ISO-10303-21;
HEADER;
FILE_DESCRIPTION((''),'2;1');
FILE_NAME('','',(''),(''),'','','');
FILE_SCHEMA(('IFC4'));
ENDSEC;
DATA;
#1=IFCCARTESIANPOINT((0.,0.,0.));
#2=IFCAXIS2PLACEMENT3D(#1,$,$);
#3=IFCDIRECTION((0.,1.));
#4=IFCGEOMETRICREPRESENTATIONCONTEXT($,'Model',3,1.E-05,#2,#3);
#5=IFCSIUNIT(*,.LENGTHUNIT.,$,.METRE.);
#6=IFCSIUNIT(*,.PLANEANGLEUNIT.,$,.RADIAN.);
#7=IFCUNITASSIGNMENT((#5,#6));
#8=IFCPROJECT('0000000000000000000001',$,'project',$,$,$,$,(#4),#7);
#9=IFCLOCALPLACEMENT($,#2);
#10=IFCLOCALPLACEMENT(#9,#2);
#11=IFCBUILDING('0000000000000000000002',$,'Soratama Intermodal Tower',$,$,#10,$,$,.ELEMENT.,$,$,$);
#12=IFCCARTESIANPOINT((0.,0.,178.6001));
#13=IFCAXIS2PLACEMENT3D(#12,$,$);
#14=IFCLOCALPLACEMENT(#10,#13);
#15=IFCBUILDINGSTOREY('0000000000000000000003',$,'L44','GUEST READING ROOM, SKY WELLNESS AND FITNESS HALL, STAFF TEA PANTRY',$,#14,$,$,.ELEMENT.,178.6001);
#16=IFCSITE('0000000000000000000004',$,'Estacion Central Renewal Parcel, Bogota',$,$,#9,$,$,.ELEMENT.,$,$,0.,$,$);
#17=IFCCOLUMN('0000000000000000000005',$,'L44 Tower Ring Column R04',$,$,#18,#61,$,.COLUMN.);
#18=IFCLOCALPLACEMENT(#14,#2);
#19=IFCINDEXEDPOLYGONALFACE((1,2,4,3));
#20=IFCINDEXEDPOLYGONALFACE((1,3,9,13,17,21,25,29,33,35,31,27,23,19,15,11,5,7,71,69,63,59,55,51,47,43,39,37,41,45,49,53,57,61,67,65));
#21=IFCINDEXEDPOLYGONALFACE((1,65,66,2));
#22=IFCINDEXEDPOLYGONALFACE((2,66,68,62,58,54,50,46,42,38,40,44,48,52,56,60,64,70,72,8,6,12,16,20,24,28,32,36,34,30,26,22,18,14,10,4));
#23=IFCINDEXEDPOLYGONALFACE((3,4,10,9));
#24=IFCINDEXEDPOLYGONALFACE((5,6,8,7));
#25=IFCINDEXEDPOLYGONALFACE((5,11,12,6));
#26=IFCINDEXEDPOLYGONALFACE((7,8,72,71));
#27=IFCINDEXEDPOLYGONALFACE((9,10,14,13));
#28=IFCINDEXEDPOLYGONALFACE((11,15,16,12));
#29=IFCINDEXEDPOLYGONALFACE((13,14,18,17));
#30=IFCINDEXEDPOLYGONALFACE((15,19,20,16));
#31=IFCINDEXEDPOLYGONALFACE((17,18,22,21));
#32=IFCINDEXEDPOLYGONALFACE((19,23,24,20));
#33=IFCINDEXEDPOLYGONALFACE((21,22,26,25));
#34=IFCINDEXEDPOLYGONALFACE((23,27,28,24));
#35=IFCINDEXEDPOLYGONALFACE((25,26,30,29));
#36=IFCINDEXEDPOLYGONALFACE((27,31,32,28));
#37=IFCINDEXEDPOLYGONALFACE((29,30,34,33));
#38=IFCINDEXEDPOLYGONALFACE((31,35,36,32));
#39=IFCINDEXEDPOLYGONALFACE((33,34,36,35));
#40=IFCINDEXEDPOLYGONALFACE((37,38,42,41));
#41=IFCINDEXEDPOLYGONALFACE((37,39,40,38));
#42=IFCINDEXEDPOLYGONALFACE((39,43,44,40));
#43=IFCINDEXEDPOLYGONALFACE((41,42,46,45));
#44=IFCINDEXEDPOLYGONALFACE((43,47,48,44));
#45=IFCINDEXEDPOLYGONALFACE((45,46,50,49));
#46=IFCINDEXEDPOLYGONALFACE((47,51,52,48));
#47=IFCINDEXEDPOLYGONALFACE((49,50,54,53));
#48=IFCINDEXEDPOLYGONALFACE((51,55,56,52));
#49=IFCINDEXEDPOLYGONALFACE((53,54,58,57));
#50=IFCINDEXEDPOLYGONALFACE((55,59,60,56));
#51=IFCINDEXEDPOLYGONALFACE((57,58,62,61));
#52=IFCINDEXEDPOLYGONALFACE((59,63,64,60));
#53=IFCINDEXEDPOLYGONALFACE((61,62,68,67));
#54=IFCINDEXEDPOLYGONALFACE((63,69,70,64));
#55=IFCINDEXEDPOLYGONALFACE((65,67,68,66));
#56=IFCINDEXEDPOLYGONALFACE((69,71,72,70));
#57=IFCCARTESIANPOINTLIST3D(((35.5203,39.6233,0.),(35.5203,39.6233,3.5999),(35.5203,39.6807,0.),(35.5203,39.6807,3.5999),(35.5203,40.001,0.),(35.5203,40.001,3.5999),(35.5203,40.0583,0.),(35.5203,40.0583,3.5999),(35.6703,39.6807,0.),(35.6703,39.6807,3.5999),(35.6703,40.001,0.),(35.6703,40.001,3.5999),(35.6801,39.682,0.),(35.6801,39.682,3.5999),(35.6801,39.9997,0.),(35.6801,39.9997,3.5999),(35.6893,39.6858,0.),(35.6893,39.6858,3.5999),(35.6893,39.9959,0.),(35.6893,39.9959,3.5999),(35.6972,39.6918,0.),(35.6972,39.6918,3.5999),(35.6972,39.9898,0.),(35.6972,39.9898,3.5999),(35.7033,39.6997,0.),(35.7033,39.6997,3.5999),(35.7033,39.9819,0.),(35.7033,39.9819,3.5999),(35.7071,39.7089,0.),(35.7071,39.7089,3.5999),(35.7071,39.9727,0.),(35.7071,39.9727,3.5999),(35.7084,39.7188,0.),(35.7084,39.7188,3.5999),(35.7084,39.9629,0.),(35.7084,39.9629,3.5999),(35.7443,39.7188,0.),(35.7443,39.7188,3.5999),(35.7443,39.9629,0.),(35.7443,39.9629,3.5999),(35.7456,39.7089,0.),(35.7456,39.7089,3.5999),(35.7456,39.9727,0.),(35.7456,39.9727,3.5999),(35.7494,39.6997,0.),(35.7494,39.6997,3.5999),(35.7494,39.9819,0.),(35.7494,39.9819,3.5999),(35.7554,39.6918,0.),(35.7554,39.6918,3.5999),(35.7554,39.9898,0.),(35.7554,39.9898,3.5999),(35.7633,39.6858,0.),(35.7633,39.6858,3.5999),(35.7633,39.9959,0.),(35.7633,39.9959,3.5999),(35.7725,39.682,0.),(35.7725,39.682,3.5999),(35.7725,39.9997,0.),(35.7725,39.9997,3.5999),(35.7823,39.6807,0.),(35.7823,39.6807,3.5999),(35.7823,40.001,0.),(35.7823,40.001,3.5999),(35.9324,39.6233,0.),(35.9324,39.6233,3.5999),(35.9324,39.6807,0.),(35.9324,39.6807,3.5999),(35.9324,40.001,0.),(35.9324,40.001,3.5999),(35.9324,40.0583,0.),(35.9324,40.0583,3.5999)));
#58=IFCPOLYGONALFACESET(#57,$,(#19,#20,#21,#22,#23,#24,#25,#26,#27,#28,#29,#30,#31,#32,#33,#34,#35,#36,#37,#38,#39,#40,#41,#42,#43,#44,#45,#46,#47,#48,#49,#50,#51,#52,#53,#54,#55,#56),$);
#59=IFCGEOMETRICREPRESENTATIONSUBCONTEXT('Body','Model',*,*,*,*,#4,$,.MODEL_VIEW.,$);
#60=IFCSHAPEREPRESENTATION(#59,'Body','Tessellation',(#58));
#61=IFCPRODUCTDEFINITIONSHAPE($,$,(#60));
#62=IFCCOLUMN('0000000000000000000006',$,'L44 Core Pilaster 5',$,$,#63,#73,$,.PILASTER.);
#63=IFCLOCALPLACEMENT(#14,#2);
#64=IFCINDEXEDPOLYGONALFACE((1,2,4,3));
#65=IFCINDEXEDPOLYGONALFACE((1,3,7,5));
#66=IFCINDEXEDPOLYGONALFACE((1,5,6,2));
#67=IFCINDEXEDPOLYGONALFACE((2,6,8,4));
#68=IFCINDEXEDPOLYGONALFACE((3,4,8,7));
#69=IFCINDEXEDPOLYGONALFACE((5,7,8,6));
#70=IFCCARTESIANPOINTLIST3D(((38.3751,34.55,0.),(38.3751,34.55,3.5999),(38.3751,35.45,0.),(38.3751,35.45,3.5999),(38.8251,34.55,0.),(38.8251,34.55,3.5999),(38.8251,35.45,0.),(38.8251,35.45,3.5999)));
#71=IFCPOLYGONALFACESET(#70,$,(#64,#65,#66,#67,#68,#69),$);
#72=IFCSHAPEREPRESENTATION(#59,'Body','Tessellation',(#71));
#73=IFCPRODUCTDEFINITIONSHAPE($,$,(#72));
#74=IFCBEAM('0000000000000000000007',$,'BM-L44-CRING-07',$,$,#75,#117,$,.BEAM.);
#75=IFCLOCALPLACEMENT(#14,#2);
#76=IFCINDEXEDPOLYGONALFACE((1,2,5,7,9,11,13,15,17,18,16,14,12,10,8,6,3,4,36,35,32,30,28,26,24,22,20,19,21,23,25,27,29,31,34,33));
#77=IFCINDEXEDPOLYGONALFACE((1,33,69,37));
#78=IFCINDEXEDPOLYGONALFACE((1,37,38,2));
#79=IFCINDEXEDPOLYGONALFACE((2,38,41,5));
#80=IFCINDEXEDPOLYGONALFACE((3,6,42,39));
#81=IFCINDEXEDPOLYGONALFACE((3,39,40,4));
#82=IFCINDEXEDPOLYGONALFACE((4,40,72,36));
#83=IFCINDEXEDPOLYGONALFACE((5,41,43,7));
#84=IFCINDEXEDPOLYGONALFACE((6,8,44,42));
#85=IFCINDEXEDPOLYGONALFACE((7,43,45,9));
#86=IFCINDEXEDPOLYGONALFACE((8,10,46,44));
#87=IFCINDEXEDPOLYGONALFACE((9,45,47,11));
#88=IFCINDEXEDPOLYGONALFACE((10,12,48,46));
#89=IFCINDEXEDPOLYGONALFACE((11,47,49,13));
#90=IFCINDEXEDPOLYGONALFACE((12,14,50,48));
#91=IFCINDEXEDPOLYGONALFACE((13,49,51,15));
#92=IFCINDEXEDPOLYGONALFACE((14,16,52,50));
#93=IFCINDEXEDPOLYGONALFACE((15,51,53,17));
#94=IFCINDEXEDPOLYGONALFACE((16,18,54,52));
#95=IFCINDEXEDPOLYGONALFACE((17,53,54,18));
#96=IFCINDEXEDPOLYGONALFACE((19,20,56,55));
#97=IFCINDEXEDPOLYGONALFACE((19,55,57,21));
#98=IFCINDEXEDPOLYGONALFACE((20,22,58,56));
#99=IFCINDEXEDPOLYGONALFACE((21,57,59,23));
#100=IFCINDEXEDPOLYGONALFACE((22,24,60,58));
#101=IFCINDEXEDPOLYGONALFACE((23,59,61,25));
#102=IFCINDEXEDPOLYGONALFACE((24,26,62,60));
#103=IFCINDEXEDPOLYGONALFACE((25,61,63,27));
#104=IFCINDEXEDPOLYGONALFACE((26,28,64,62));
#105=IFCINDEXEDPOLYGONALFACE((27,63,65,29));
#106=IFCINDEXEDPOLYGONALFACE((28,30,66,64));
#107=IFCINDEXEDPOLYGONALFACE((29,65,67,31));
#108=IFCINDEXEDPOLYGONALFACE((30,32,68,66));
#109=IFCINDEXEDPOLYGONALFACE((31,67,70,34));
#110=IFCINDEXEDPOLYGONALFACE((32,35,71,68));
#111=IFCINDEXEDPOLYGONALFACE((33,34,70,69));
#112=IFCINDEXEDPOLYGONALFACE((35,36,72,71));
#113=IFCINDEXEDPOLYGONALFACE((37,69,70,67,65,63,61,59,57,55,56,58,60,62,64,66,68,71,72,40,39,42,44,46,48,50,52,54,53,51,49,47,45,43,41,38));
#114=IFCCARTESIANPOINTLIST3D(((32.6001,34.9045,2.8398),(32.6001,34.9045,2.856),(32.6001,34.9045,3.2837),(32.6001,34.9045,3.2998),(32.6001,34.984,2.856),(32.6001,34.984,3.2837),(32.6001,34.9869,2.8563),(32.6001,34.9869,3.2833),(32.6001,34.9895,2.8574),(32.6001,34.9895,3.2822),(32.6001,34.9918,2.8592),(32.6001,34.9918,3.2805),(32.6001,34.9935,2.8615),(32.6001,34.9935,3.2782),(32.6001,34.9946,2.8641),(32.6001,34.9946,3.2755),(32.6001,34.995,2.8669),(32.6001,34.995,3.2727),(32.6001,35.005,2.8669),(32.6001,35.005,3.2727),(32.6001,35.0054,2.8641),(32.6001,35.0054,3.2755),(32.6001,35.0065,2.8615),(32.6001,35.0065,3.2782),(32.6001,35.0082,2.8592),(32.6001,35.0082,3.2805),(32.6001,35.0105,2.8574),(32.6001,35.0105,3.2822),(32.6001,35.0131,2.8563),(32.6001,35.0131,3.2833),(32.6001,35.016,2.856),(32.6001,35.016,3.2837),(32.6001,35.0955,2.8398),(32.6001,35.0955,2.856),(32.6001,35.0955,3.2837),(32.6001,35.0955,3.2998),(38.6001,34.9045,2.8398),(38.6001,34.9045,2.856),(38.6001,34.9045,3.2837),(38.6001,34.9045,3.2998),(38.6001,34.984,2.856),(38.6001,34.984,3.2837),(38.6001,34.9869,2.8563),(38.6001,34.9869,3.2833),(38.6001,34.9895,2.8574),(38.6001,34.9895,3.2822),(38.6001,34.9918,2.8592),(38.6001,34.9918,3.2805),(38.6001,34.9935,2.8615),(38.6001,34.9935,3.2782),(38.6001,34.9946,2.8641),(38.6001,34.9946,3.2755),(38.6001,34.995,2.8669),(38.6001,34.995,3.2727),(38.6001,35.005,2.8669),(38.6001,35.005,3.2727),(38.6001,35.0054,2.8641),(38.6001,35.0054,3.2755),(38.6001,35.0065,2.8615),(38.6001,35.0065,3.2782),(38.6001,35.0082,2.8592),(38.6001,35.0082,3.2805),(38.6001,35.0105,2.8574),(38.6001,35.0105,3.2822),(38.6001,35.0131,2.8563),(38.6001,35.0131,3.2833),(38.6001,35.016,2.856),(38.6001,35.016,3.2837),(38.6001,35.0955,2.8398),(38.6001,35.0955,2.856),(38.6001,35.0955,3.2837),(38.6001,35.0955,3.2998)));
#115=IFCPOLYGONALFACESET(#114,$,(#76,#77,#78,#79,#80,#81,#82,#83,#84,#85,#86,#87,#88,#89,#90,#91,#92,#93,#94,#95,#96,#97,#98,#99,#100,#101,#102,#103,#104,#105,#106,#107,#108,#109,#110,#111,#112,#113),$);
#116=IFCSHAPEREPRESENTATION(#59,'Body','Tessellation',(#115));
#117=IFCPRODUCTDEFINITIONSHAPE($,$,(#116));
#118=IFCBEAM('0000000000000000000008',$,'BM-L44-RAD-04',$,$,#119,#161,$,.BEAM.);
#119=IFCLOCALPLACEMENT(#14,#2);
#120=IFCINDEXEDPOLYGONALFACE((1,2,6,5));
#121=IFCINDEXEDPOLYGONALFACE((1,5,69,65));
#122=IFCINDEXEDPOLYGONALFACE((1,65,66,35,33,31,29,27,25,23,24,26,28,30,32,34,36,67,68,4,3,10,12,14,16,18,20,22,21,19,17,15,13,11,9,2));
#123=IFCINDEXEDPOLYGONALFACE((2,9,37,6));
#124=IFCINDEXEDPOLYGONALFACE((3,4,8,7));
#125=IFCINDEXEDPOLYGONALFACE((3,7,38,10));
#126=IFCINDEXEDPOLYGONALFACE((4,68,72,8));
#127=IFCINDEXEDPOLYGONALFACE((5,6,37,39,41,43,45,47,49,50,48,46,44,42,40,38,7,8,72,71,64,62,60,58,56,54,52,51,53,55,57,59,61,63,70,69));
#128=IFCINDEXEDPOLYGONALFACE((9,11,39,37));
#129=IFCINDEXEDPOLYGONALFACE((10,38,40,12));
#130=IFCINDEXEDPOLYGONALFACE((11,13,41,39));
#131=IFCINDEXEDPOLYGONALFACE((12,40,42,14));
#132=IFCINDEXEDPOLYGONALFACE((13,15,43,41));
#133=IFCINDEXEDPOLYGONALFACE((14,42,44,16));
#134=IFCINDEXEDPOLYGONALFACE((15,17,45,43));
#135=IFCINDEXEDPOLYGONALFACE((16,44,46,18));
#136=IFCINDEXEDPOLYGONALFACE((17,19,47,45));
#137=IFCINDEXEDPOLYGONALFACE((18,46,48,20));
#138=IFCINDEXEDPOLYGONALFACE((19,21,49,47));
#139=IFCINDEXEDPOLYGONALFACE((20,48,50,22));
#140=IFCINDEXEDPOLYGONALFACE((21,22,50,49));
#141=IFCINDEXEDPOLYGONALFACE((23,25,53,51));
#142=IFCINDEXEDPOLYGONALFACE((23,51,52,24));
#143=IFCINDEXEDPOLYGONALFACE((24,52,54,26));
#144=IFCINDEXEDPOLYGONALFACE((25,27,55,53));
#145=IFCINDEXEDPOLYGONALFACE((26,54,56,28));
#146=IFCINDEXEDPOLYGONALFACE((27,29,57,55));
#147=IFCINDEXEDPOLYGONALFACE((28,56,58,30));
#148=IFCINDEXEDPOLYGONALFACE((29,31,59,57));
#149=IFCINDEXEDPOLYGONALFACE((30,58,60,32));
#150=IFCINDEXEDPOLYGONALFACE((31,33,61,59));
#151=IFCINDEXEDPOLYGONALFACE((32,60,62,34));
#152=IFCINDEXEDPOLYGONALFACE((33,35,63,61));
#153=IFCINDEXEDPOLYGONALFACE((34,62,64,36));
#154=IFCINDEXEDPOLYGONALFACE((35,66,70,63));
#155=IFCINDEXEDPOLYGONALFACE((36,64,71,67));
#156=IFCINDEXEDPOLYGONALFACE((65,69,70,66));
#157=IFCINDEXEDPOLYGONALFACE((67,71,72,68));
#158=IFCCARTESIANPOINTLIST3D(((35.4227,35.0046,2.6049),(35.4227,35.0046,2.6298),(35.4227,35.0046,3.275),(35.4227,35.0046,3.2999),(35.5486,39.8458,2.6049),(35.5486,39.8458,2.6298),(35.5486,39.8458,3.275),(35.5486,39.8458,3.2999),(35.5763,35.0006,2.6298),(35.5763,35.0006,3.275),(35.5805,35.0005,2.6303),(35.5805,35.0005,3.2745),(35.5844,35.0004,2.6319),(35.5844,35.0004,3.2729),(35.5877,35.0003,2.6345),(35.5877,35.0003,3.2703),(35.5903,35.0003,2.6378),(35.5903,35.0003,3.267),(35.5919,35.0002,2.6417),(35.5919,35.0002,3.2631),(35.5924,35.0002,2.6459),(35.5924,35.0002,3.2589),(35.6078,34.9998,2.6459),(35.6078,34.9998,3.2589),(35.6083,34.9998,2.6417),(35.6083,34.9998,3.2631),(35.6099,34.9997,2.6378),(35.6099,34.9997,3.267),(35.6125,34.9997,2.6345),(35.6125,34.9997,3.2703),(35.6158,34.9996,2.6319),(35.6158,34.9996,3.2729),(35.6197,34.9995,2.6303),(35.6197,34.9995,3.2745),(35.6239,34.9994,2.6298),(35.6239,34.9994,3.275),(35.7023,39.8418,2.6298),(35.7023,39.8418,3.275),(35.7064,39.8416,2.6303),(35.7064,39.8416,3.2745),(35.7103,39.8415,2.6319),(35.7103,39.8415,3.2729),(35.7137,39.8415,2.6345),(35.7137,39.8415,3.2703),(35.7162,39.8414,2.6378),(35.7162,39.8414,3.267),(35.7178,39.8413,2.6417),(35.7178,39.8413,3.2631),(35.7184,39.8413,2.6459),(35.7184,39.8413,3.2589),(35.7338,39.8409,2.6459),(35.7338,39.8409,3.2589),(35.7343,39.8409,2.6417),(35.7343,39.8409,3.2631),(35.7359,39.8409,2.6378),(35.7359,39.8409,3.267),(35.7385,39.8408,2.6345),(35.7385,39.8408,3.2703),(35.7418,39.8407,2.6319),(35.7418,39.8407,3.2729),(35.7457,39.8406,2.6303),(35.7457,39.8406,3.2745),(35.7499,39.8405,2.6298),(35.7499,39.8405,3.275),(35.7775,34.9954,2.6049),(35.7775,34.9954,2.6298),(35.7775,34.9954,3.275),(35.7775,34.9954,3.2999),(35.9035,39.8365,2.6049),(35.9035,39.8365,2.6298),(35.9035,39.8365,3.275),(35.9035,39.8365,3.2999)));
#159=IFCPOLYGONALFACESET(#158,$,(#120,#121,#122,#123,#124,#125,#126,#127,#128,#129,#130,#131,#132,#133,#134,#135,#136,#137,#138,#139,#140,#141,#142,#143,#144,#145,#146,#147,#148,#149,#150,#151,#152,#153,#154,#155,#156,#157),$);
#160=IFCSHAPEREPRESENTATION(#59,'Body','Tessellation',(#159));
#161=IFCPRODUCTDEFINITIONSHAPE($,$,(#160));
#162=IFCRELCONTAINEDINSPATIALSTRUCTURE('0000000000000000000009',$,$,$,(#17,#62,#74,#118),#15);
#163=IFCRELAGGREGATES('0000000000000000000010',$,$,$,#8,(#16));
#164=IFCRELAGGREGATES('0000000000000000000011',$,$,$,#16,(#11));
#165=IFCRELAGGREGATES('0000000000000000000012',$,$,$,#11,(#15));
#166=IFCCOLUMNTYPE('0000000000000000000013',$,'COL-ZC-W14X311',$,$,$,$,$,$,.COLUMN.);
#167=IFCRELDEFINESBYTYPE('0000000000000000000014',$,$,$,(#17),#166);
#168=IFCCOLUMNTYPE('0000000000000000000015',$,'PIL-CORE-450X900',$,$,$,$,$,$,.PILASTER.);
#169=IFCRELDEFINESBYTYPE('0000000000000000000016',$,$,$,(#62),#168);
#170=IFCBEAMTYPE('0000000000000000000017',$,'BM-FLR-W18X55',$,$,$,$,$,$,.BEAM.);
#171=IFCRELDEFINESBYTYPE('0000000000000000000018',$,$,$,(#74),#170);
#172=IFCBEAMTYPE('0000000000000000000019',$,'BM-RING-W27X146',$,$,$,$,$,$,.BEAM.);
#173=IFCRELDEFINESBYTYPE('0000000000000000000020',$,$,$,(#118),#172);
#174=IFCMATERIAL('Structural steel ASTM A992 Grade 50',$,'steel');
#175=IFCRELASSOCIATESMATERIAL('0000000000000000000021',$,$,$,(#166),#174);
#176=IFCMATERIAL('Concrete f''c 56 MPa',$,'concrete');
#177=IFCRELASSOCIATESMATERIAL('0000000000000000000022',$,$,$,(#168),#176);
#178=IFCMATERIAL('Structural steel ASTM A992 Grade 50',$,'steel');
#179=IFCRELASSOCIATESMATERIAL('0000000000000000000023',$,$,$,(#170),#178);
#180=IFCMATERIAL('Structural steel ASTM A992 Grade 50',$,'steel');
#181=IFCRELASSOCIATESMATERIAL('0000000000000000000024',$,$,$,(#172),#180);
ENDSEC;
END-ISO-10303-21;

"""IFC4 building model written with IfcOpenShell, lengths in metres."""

from ifc_helpers import new_model, si_unit, direction, frame, origin, origin_2d, place, context, subcontext, project, spatial, rectangle, i_section, extrude, material, material_profile, profile_set, type_object, element, save


model = new_model("IFC4")

# Units and contexts
model_context = context("Model", 3, precision=1e-05, world=origin(), true_north=direction((0.0, 1.0)))
body_context = subcontext(model_context, "Body", "Model", "MODEL_VIEW")
ifc_project = project(units=[si_unit("LENGTHUNIT", "METRE"), si_unit("PLANEANGLEUNIT", "RADIAN")], contexts=[model_context])

# Site, building, storey
site_placement = place(None, origin())
site = spatial("IfcSite", under=ifc_project, at=site_placement, Name="Estacion Central Renewal Parcel, Bogota", CompositionType="ELEMENT", RefElevation=0.0)
building_placement = place(site_placement, origin())
building = spatial("IfcBuilding", under=site, at=building_placement, Name="Soratama Intermodal Tower", CompositionType="ELEMENT")
storey_placement = place(building_placement, frame((0.0, 0.0, 178.6001)))
storey = spatial("IfcBuildingStorey", under=building, at=storey_placement, Name="L44", Description="GUEST READING ROOM, SKY WELLNESS AND FITNESS HALL, STAFF TEA PANTRY", CompositionType="ELEMENT", Elevation=178.6001)

# Columns
ifc_material_1 = material(Name="Structural steel ASTM A992 Grade 50", Category="steel")
ifc_material_profile_1 = material_profile(ifc_material_1, i_section(OverallWidth=0.4121, OverallDepth=0.4351, WebThickness=0.0359, FlangeThickness=0.0574, FilletRadius=0.0381, at=origin_2d()), Name="W14X311")
ifc_profile_set_1 = profile_set([ifc_material_profile_1], Name="Structural steel ASTM A992 Grade 50")
column_type_1 = type_object("IfcColumnType", Name="COL-ZC-W14X311", PredefinedType="COLUMN", material=ifc_profile_set_1)
column_1_placement = place(storey_placement, frame((35.7263, 39.8408, 0.0), z_axis=(0.0, 0.0, 1.0), x_axis=(1.0, 0.0, 0.0)))
element("IfcColumn", 1, at=column_1_placement, inside=storey, type_object=column_type_1, Name="L44 Tower Ring Column R04", PredefinedType="COLUMN", context=body_context, shape_type="SweptSolid", body=[
    extrude(i_section(OverallWidth=0.4121, OverallDepth=0.4351, WebThickness=0.0359, FlangeThickness=0.0574, FilletRadius=0.0381, at=origin_2d()), origin(), (0.0, 0.0, 1.0), 3.5999),
])
ifc_material_2 = material(Name="Concrete f'c 56 MPa", Category="concrete")
ifc_material_profile_2 = material_profile(ifc_material_2, rectangle(XDim=0.45, YDim=0.8999, at=origin_2d()), Name="RC450X900")
ifc_profile_set_2 = profile_set([ifc_material_profile_2], Name="Concrete f'c 56 MPa")
column_type_2 = type_object("IfcColumnType", Name="PIL-CORE-450X900", PredefinedType="PILASTER", material=ifc_profile_set_2)
column_2_placement = place(storey_placement, frame((38.6001, 35.0, 0.0), z_axis=(0.0, 0.0, 1.0), x_axis=(1.0, 0.0, 0.0)))
element("IfcColumn", 2, at=column_2_placement, inside=storey, type_object=column_type_2, Name="L44 Core Pilaster 5", PredefinedType="PILASTER", context=body_context, shape_type="SweptSolid", body=[
    extrude(rectangle(XDim=0.45, YDim=0.8999, at=origin_2d()), origin(), (0.0, 0.0, 1.0), 3.5999),
])

# Beams
ifc_material_3 = material(Name="Structural steel ASTM A992 Grade 50", Category="steel")
ifc_material_profile_3 = material_profile(ifc_material_3, i_section(OverallWidth=0.1909, OverallDepth=0.46, WebThickness=0.01, FlangeThickness=0.0161, FilletRadius=0.011, at=origin_2d()), Name="W18X55")
ifc_profile_set_3 = profile_set([ifc_material_profile_3], Name="Structural steel ASTM A992 Grade 50")
beam_type_1 = type_object("IfcBeamType", Name="BM-FLR-W18X55", PredefinedType="BEAM", material=ifc_profile_set_3)
beam_1_placement = place(storey_placement, frame((38.6001, 35.0, 3.0698), z_axis=(-1.0, 0.0, 0.0), x_axis=(0.0, -1.0, 0.0)))
element("IfcBeam", 3, at=beam_1_placement, inside=storey, type_object=beam_type_1, Name="BM-L44-CRING-07", PredefinedType="BEAM", context=body_context, shape_type="SweptSolid", body=[
    extrude(i_section(OverallWidth=0.1909, OverallDepth=0.46, WebThickness=0.01, FlangeThickness=0.0161, FilletRadius=0.011, at=origin_2d()), origin(), (0.0, 0.0, 1.0), 6.0),
])
ifc_material_4 = material(Name="Structural steel ASTM A992 Grade 50", Category="steel")
ifc_material_profile_4 = material_profile(ifc_material_4, i_section(OverallWidth=0.355, OverallDepth=0.6951, WebThickness=0.0154, FlangeThickness=0.0249, FilletRadius=0.0161, at=origin_2d()), Name="W27X146")
ifc_profile_set_4 = profile_set([ifc_material_profile_4], Name="Structural steel ASTM A992 Grade 50")
beam_type_2 = type_object("IfcBeamType", Name="BM-RING-W27X146", PredefinedType="BEAM", material=ifc_profile_set_4)
beam_2_placement = place(storey_placement, frame((35.6001, 35.0, 2.9524), z_axis=(0.026014, 0.999662, 0.0), x_axis=(-0.999662, 0.026014, 0.0)))
element("IfcBeam", 4, at=beam_2_placement, inside=storey, type_object=beam_type_2, Name="BM-L44-RAD-04", PredefinedType="BEAM", context=body_context, shape_type="SweptSolid", body=[
    extrude(i_section(OverallWidth=0.355, OverallDepth=0.6951, WebThickness=0.0154, FlangeThickness=0.0249, FilletRadius=0.0161, at=origin_2d()), origin(), (0.0, 0.0, 1.0), 4.8428),
])

save(model, "model.ifc")
